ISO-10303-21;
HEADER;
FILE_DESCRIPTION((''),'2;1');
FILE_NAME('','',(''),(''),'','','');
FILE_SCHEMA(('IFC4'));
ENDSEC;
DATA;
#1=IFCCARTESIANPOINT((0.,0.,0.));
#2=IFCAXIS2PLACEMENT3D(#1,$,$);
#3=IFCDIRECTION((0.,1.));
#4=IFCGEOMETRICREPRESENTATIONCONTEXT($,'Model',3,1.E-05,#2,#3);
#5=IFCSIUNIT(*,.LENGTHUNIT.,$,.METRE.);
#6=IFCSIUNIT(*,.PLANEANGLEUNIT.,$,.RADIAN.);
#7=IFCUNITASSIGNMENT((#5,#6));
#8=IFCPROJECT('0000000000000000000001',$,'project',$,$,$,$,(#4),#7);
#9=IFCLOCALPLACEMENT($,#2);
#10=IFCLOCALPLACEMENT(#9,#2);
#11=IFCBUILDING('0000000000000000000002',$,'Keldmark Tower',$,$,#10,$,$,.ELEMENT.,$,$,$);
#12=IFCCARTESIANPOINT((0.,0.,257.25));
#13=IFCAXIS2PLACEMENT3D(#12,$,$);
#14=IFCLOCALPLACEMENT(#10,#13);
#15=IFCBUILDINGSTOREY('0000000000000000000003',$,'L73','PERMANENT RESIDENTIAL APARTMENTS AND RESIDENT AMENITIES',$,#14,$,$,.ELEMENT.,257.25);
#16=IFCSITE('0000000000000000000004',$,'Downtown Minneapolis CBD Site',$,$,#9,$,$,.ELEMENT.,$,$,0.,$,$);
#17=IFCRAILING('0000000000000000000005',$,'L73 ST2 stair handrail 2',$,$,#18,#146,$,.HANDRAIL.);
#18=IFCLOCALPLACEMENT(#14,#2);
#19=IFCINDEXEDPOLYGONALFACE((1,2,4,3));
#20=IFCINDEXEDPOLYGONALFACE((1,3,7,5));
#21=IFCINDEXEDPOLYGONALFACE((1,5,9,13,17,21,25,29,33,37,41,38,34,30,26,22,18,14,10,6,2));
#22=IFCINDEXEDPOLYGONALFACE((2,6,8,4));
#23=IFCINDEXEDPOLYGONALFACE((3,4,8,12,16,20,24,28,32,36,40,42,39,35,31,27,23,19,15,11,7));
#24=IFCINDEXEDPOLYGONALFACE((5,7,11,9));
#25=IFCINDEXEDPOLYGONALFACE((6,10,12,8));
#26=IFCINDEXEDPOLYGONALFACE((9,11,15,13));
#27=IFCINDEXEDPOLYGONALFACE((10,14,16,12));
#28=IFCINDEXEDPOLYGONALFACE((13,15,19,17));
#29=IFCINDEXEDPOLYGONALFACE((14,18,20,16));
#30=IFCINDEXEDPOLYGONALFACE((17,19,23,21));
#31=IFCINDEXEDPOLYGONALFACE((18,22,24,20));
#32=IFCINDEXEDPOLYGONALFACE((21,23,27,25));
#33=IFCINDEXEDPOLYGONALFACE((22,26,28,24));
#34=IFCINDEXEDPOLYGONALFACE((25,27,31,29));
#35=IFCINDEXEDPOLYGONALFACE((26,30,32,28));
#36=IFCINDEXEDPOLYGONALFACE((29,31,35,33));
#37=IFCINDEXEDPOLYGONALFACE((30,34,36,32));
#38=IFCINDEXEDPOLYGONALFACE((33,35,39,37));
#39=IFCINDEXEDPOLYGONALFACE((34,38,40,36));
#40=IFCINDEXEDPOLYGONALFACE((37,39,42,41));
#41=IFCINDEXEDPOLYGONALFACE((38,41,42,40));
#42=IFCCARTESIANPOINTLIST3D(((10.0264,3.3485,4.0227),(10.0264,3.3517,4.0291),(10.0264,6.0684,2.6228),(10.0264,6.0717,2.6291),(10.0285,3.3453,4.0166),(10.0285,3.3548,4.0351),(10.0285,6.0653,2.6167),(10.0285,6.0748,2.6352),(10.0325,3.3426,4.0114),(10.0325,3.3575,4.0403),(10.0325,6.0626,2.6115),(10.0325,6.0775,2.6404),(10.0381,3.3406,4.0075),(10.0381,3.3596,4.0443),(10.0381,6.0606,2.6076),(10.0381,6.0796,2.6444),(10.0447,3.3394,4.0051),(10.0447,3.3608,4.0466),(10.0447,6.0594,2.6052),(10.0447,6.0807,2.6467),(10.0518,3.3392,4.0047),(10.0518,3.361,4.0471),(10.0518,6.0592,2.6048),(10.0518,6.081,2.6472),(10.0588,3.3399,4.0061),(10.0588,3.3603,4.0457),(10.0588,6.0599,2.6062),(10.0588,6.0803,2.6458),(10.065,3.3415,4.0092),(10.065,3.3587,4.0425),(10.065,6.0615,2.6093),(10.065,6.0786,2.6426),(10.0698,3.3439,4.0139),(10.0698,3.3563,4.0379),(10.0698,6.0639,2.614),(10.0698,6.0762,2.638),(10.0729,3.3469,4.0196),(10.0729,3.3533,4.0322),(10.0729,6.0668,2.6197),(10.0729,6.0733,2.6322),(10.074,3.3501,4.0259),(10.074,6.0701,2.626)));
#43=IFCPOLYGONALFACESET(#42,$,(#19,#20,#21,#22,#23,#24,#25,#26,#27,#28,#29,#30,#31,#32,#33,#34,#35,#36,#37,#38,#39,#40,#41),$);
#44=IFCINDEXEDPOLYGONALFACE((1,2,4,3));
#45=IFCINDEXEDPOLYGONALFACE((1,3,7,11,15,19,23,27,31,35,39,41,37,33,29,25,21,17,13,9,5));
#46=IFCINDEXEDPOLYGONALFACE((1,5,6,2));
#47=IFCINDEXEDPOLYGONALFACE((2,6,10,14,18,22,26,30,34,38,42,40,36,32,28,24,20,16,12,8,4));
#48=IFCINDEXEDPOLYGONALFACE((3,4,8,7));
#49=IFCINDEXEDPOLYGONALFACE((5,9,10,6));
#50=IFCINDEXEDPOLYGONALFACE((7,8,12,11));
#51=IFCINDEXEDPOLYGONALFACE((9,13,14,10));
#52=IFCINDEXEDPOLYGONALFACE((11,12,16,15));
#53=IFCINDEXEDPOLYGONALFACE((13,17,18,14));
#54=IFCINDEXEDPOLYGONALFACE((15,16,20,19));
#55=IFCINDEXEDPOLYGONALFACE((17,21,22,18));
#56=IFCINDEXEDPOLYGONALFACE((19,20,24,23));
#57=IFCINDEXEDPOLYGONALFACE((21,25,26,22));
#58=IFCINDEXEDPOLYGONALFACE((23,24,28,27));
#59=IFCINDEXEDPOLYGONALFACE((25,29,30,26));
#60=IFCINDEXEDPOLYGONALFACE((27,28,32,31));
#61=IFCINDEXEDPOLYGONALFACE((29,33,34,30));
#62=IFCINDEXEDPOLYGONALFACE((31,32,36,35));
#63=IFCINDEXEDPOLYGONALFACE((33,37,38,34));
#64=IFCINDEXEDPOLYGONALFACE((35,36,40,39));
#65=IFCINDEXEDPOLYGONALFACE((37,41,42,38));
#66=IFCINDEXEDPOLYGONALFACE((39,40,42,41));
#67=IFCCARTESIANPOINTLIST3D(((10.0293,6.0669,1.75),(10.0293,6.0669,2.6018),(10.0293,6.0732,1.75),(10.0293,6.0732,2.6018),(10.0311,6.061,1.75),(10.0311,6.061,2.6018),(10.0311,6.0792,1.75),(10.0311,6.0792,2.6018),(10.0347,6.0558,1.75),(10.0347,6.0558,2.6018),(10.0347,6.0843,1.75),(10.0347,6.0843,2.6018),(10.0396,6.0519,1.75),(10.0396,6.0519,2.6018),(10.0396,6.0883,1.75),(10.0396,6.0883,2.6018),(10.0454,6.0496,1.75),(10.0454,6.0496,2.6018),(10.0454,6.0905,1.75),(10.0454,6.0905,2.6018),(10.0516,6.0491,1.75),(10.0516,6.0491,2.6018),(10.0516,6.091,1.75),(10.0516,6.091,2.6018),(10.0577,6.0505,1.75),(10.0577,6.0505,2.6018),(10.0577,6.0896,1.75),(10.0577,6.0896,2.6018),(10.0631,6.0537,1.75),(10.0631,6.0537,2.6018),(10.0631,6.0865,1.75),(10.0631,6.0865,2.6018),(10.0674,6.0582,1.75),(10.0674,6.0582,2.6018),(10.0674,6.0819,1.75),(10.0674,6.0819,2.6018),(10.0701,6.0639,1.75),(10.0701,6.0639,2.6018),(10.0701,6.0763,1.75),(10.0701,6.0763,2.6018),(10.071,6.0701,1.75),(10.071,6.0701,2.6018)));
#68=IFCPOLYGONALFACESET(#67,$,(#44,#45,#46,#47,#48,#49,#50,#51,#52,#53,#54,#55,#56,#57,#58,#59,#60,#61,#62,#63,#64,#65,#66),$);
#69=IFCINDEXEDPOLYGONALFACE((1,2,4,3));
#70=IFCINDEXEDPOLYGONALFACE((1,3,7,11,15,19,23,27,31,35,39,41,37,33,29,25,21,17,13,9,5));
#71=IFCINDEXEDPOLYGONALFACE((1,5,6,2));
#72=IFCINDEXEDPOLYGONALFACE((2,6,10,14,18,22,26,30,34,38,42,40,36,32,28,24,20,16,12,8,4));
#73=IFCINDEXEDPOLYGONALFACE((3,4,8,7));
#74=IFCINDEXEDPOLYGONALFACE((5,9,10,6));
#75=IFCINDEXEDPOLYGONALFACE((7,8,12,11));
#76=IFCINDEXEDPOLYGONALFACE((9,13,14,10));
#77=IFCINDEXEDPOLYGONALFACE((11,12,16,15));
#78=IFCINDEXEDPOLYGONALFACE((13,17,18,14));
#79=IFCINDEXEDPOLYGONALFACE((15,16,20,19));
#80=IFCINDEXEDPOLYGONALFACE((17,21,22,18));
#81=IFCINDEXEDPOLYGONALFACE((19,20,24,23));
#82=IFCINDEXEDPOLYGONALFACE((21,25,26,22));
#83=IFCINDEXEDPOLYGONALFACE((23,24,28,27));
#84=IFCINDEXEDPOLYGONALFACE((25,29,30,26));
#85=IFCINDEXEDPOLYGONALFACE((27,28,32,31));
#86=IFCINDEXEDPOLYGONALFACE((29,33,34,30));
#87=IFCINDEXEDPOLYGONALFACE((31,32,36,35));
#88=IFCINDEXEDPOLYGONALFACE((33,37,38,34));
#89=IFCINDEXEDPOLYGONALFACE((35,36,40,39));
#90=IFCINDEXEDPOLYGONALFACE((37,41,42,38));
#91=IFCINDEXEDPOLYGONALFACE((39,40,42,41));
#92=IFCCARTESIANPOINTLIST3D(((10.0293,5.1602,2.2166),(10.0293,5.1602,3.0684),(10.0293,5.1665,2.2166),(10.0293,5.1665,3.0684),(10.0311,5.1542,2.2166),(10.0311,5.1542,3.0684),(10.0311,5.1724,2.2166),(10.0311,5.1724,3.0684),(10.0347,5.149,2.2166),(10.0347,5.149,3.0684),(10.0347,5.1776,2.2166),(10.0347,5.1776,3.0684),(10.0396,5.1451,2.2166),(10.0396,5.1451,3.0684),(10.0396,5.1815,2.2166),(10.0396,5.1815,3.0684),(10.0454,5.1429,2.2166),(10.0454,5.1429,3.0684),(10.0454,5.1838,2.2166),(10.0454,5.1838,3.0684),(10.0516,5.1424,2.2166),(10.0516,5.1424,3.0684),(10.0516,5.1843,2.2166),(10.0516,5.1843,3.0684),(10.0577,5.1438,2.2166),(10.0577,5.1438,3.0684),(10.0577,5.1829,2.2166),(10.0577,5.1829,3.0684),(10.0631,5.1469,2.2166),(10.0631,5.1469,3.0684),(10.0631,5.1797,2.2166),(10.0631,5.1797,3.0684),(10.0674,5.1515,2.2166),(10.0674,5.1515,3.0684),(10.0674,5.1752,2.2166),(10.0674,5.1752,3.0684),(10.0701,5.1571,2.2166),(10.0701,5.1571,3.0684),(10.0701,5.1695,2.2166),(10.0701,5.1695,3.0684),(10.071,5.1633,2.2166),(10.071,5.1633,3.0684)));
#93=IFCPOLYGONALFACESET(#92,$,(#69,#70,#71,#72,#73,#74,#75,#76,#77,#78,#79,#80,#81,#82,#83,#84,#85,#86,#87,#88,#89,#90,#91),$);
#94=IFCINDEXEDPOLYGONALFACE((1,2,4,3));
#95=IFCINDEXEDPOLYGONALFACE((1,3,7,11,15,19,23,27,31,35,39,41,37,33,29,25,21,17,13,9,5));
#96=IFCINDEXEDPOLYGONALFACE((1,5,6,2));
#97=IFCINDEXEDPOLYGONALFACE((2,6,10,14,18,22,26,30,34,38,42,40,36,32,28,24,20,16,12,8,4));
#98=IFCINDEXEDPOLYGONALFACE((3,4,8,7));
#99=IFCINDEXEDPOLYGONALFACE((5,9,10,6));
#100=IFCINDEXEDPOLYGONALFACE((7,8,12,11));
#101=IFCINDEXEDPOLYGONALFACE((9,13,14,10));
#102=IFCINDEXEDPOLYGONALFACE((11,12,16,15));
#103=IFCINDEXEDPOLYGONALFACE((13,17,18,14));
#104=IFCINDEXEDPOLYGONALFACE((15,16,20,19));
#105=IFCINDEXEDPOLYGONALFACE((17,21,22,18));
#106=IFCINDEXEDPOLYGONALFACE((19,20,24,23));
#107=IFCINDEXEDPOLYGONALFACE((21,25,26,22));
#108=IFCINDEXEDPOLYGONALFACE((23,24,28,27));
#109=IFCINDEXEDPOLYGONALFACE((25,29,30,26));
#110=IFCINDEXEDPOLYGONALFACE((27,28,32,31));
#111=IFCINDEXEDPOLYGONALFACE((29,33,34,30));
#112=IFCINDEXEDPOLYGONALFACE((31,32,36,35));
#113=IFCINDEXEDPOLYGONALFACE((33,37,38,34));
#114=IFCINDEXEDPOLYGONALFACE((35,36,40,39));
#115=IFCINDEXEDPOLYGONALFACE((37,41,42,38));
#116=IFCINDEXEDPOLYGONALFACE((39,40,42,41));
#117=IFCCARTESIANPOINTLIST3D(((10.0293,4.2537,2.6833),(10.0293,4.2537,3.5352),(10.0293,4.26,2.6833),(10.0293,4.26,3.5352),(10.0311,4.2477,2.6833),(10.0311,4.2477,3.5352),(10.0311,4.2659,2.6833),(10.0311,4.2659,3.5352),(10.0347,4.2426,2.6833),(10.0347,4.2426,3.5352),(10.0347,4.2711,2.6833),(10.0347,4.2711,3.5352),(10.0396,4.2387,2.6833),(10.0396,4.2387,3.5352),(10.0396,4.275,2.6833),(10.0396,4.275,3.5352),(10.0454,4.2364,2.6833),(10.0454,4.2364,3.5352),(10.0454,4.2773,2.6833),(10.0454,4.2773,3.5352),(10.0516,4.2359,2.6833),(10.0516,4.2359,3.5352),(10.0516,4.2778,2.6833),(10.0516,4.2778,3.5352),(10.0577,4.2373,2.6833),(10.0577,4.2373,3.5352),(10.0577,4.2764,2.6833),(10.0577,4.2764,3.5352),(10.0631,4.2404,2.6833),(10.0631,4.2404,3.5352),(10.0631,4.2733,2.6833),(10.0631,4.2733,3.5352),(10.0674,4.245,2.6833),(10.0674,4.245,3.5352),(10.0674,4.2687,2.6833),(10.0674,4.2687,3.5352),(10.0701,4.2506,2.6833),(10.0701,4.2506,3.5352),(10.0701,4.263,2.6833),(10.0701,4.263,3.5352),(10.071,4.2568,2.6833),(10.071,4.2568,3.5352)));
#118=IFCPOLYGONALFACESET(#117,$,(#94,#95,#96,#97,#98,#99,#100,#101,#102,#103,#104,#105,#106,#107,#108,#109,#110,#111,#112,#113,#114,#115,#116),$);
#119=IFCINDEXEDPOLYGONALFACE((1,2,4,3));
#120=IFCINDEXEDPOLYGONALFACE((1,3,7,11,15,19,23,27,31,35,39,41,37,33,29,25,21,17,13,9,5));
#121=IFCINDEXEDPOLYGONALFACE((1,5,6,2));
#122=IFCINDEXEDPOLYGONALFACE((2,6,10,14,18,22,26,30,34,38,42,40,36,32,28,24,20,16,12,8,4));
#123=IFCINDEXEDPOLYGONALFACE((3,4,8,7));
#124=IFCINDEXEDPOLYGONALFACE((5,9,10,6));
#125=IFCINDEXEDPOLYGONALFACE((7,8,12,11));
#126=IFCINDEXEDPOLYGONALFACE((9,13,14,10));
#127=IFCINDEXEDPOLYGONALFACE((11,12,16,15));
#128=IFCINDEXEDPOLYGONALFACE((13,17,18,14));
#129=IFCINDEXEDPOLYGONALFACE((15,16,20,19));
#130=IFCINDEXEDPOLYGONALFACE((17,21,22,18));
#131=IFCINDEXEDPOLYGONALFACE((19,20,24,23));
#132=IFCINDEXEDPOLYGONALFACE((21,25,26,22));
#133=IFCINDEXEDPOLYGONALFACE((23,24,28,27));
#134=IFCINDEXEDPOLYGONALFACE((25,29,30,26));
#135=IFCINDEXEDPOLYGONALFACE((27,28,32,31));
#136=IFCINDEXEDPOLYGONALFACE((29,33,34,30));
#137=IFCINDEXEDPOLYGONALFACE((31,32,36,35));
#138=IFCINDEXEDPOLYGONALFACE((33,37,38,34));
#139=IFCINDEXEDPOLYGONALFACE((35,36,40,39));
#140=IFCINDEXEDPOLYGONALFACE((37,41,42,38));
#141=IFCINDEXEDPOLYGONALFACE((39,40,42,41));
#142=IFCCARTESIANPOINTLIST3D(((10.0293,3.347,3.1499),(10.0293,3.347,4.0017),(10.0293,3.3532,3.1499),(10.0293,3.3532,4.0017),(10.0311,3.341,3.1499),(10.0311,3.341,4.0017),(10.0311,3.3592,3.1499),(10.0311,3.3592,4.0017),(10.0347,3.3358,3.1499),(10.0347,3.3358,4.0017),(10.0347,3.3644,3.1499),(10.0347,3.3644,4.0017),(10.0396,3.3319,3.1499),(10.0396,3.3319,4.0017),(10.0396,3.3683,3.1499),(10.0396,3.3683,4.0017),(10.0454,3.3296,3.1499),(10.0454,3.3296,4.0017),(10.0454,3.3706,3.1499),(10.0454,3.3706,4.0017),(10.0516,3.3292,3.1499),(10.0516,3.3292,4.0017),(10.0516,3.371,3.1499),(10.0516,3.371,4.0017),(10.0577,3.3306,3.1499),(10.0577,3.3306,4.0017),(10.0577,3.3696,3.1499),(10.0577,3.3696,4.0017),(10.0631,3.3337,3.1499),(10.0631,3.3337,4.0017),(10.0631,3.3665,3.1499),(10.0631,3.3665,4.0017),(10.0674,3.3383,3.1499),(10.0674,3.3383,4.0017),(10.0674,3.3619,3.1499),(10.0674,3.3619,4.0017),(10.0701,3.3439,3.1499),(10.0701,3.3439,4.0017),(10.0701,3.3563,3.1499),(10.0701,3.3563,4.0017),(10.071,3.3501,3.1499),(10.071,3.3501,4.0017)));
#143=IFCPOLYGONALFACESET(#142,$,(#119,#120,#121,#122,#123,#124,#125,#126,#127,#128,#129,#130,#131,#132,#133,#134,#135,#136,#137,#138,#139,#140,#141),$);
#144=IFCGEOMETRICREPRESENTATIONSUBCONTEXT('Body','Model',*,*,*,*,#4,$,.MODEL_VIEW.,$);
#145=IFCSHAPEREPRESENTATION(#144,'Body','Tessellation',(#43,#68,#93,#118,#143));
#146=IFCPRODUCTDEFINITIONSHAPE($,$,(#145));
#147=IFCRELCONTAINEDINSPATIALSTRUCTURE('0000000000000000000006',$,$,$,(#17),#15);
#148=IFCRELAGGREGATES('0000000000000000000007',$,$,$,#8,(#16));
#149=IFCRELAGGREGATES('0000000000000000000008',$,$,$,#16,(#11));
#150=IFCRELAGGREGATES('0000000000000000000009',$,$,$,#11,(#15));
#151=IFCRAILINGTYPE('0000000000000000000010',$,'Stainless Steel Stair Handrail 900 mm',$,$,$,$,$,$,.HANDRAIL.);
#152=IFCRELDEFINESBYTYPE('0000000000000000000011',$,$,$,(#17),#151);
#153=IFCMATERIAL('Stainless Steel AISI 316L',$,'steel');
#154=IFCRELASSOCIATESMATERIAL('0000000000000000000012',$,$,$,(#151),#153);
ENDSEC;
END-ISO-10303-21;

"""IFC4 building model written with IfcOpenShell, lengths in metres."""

from ifc_helpers import new_model, si_unit, direction, frame, origin, origin_2d, place, context, subcontext, project, spatial, circle, extrude, material, type_object, element, save


model = new_model("IFC4")

# Units and contexts
model_context = context("Model", 3, precision=1e-05, world=origin(), true_north=direction((0.0, 1.0)))
body_context = subcontext(model_context, "Body", "Model", "MODEL_VIEW")
ifc_project = project(units=[si_unit("LENGTHUNIT", "METRE"), si_unit("PLANEANGLEUNIT", "RADIAN")], contexts=[model_context])

# Site, building, storey
site_placement = place(None, origin())
site = spatial("IfcSite", under=ifc_project, at=site_placement, Name="Downtown Minneapolis CBD Site", CompositionType="ELEMENT", RefElevation=0.0)
building_placement = place(site_placement, origin())
building = spatial("IfcBuilding", under=site, at=building_placement, Name="Keldmark Tower", CompositionType="ELEMENT")
storey_placement = place(building_placement, frame((0.0, 0.0, 257.25)))
storey = spatial("IfcBuildingStorey", under=building, at=storey_placement, Name="L73", Description="PERMANENT RESIDENTIAL APARTMENTS AND RESIDENT AMENITIES", CompositionType="ELEMENT", Elevation=257.25)

# Railing
ifc_material_1 = material(Name="Stainless Steel AISI 316L", Category="steel")
railing_type = type_object("IfcRailingType", Name="Stainless Steel Stair Handrail 900 mm", PredefinedType="HANDRAIL", material=ifc_material_1)
railing_placement = place(storey_placement, frame((10.05, 6.0701, 1.75)))
element("IfcRailing", 1, at=railing_placement, inside=storey, type_object=railing_type, Name="L73 ST2 stair handrail 2", PredefinedType="HANDRAIL", context=body_context, shape_type="SweptSolid", body=[
    extrude(circle(Radius=0.0239, at=origin_2d()), frame((0.0, 0.0, 0.876), z_axis=(0.0, -0.889147, 0.457622), x_axis=(1.0, 0.0, 0.0)), (0.0, 0.0, 1.0), 3.0591),
    extrude(circle(Radius=0.021, at=origin_2d()), origin(), (0.0, 0.0, 1.0), 0.8518),
    extrude(circle(Radius=0.021, at=origin_2d()), frame((0.0, -0.9067, 0.4666)), (0.0, 0.0, 1.0), 0.8518),
    extrude(circle(Radius=0.021, at=origin_2d()), frame((0.0, -1.8132, 0.9333)), (0.0, 0.0, 1.0), 0.8518),
    extrude(circle(Radius=0.021, at=origin_2d()), frame((0.0, -2.72, 1.3999)), (0.0, 0.0, 1.0), 0.8518),
])

save(model, "model.ifc")
